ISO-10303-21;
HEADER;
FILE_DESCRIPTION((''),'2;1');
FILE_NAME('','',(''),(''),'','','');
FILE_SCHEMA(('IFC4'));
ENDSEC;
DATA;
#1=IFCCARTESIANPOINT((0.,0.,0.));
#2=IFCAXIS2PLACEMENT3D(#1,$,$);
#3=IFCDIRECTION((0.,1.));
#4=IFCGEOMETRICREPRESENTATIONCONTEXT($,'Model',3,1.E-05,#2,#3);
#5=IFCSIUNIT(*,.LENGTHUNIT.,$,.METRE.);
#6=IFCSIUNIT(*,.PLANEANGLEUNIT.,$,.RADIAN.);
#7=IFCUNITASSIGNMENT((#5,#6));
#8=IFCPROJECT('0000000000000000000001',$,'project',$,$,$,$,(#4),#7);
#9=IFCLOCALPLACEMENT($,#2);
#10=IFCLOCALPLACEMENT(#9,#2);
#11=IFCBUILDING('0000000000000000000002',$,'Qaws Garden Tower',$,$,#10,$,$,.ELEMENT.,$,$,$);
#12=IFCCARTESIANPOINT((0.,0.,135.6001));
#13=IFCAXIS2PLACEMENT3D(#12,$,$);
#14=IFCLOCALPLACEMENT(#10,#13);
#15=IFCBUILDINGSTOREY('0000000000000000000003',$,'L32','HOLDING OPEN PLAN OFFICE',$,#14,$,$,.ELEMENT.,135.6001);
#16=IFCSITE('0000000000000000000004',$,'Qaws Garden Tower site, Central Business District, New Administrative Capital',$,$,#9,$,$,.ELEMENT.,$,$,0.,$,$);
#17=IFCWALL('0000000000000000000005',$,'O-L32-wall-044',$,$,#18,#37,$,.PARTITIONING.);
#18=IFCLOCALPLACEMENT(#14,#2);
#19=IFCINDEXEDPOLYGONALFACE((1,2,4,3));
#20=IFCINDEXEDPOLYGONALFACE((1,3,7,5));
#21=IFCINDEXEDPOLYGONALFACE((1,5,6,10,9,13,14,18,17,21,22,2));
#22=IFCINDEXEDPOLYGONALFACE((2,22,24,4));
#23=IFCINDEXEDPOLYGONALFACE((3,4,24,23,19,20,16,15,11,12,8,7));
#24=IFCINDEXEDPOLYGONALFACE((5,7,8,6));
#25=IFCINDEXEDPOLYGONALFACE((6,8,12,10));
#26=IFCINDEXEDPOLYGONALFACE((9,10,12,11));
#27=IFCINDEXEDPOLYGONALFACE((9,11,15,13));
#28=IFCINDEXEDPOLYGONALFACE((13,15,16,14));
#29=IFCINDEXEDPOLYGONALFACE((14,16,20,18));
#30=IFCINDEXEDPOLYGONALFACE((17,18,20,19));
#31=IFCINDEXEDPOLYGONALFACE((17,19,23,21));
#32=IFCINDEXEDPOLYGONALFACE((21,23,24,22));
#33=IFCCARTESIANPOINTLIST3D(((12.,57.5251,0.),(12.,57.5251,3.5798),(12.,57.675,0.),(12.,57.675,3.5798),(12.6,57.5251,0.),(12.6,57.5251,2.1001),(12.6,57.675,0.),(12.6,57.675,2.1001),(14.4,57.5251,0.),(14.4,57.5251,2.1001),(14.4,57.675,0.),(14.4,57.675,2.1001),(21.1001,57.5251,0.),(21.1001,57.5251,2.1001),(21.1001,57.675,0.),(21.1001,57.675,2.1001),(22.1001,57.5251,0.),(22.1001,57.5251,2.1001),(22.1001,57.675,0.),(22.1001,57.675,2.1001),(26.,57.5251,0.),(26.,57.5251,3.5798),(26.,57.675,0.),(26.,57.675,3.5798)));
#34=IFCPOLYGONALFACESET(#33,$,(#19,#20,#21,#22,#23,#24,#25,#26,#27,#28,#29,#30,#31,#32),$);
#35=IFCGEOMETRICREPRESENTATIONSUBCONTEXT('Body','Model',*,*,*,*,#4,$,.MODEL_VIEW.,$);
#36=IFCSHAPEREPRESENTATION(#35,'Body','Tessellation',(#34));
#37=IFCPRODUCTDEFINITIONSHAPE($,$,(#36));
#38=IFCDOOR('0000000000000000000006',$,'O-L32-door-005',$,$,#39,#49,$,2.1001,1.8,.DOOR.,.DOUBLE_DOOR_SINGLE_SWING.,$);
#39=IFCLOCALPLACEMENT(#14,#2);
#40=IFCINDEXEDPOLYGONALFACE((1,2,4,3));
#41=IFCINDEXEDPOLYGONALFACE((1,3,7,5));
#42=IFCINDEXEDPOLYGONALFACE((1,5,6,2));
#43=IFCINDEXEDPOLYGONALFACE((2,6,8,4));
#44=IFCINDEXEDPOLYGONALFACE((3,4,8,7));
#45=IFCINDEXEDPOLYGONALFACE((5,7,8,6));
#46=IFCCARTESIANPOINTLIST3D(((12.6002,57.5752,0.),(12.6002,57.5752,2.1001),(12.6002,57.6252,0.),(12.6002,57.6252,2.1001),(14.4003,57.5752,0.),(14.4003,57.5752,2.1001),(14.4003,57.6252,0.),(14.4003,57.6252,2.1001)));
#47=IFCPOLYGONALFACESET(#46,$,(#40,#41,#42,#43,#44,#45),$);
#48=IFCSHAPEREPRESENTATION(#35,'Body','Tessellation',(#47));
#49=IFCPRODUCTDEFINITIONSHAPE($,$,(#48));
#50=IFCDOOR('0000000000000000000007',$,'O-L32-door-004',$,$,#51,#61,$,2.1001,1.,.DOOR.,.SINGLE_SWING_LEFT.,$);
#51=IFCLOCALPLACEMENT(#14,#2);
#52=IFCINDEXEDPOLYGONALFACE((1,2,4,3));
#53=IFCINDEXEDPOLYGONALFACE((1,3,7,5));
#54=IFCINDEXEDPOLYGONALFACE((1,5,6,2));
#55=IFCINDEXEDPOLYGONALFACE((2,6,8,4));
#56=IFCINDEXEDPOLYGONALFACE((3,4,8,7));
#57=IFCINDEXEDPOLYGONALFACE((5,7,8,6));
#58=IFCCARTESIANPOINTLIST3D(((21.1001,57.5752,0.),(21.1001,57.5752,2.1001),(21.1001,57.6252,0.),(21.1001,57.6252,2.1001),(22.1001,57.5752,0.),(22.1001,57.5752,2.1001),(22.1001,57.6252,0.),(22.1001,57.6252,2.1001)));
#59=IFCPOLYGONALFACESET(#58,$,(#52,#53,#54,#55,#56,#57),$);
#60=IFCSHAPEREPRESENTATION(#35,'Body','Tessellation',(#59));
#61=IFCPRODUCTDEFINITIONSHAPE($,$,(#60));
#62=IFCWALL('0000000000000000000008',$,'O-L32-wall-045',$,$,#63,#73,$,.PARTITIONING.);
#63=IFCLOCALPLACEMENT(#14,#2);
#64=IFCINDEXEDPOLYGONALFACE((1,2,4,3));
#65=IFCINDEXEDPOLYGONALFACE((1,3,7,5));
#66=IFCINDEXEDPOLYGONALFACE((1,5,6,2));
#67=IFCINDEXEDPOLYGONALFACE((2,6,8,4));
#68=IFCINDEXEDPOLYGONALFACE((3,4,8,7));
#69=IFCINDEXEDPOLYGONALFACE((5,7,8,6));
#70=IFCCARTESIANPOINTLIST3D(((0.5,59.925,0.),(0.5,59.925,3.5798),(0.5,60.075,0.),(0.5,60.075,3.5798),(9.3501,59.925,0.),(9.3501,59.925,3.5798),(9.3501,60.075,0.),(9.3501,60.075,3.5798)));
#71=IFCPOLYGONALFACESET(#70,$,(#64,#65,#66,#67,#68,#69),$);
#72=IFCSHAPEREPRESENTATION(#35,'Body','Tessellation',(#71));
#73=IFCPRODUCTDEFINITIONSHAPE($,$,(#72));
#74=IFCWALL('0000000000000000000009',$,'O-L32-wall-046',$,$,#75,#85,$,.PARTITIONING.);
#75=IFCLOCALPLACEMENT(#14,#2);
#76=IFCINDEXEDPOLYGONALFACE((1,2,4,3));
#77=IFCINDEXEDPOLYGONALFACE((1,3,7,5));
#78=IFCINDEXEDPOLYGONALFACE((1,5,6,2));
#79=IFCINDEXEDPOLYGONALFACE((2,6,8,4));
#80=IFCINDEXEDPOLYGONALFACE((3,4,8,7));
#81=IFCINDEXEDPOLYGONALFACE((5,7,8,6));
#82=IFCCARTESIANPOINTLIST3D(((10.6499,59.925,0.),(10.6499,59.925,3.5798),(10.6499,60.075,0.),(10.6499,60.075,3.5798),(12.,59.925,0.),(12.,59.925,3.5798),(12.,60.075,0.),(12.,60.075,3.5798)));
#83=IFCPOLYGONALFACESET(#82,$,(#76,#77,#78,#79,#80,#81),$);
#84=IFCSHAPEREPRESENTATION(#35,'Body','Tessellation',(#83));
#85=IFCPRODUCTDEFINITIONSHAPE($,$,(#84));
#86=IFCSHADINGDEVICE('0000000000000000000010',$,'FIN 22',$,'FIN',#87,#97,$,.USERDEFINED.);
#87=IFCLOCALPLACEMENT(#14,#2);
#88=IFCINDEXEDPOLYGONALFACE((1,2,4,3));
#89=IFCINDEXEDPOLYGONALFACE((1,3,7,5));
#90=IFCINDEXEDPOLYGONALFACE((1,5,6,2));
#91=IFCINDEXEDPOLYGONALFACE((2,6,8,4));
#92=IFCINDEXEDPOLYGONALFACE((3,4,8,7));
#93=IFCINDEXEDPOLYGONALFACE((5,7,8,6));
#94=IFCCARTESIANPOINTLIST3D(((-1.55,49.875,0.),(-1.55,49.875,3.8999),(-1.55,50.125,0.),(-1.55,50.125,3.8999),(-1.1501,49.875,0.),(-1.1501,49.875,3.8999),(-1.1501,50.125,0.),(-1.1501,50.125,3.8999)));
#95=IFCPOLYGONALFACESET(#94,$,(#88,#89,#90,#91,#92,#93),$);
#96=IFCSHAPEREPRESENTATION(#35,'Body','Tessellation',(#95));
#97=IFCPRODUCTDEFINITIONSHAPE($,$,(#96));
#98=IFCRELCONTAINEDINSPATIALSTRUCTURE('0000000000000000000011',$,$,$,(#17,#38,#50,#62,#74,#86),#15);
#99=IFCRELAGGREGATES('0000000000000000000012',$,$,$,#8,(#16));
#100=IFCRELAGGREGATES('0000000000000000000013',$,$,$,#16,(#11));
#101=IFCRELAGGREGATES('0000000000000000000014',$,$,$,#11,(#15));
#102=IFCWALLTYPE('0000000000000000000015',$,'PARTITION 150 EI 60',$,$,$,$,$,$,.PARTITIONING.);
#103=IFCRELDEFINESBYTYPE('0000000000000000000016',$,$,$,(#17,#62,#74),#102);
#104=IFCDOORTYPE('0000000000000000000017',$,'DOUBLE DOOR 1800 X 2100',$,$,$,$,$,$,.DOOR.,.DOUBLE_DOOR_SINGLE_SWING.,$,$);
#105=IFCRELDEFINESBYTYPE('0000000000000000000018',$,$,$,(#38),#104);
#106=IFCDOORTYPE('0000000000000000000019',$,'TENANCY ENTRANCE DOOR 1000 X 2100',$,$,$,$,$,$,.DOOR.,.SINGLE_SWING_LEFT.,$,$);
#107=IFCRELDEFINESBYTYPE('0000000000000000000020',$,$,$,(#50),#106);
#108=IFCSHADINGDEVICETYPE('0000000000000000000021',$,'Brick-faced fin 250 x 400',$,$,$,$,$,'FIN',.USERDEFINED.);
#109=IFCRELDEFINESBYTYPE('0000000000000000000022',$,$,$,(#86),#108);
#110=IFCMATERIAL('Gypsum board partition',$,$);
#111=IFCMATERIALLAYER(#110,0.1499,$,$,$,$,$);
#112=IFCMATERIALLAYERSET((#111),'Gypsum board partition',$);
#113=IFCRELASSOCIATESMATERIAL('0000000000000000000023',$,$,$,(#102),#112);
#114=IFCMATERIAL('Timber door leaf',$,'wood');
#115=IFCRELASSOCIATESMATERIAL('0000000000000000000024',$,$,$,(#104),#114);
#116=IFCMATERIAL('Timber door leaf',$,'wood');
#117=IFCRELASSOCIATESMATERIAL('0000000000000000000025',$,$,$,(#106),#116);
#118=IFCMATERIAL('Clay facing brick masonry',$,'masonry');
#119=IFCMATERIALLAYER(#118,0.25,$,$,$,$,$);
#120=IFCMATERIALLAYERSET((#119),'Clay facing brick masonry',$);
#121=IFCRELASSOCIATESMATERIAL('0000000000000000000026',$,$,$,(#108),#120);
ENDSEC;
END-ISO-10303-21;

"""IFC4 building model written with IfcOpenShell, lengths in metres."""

from ifc_helpers import new_model, si_unit, direction, frame, frame_2d, origin, origin_2d, place, context, subcontext, project, spatial, rectangle, extrude, material, layer, layer_set, type_object, element, fill, save


model = new_model("IFC4")

# Units and contexts
model_context = context("Model", 3, precision=1e-05, world=origin(), true_north=direction((0.0, 1.0)))
body_context = subcontext(model_context, "Body", "Model", "MODEL_VIEW")
ifc_project = project(units=[si_unit("LENGTHUNIT", "METRE"), si_unit("PLANEANGLEUNIT", "RADIAN")], contexts=[model_context])

# Site, building, storey
site_placement = place(None, origin())
site = spatial("IfcSite", under=ifc_project, at=site_placement, Name="Qaws Garden Tower site, Central Business District, New Administrative Capital", CompositionType="ELEMENT", RefElevation=0.0)
building_placement = place(site_placement, origin())
building = spatial("IfcBuilding", under=site, at=building_placement, Name="Qaws Garden Tower", CompositionType="ELEMENT")
storey_placement = place(building_placement, frame((0.0, 0.0, 135.6001)))
storey = spatial("IfcBuildingStorey", under=building, at=storey_placement, Name="L32", Description="HOLDING OPEN PLAN OFFICE", CompositionType="ELEMENT", Elevation=135.6001)

# Shared definitions
ifc_material_1 = material(Name="Gypsum board partition")
ifc_layer_1 = layer(ifc_material_1, 0.1499)
ifc_layer_set_1 = layer_set([ifc_layer_1], Name="Gypsum board partition")
wall_type_1 = type_object("IfcWallType", Name="PARTITION 150 EI 60", PredefinedType="PARTITIONING", material=ifc_layer_set_1)
ifc_material_2 = material(Name="Timber door leaf", Category="wood")
door_type_1 = type_object("IfcDoorType", Name="DOUBLE DOOR 1800 X 2100", OperationType="DOUBLE_DOOR_SINGLE_SWING", PredefinedType="DOOR", material=ifc_material_2)

# Wall, openings, doors
wall_1_placement = place(storey_placement, frame((12.0, 57.6001, 0.0), z_axis=(0.0, 0.0, 1.0), x_axis=(1.0, 0.0, 0.0)))
wall_1 = element("IfcWall", 1, at=wall_1_placement, inside=storey, type_object=wall_type_1, Name="O-L32-wall-044", PredefinedType="PARTITIONING", context=body_context, shape_type="SweptSolid", body=[
    extrude(rectangle(XDim=14.0, YDim=0.1499, at=frame_2d((7.0, 0.0))), origin(), (0.0, 0.0, 1.0), 3.5798),
])
opening_1_placement = place(wall_1_placement, frame((9.1001, 0.0, 0.0)))
opening_1 = element("IfcOpeningElement", 2, at=opening_1_placement, cuts=wall_1, PredefinedType="OPENING", context=body_context, shape_type="SweptSolid", body=[
    extrude(rectangle(XDim=1.0, YDim=2.1001, at=frame_2d((0.5, 1.05))), frame((0.0, 0.085, 0.0), z_axis=(0.0, -1.0, 0.0), x_axis=(1.0, 0.0, 0.0)), (0.0, 0.0, 1.0), 0.1699),
])
opening_2_placement = place(wall_1_placement, frame((0.6001, 0.0, 0.0)))
opening_2 = element("IfcOpeningElement", 3, at=opening_2_placement, cuts=wall_1, PredefinedType="OPENING", context=body_context, shape_type="SweptSolid", body=[
    extrude(rectangle(XDim=1.8, YDim=2.1001, at=frame_2d((0.8999, 1.05))), frame((0.0, 0.085, 0.0), z_axis=(0.0, -1.0, 0.0), x_axis=(1.0, 0.0, 0.0)), (0.0, 0.0, 1.0), 0.1699),
])
door_1_placement = place(opening_2_placement, frame((1.8, 0.0, 0.0), z_axis=(0.0, 0.0, 1.0), x_axis=(-1.0, 0.0, 0.0)))
door_1 = element("IfcDoor", 4, at=door_1_placement, inside=storey, type_object=door_type_1, Name="O-L32-door-005", OperationType="DOUBLE_DOOR_SINGLE_SWING", OverallHeight=2.1001, OverallWidth=1.8, PredefinedType="DOOR", context=body_context, shape_type="SweptSolid", body=[
    extrude(rectangle(XDim=1.8, YDim=2.1001, at=frame_2d((0.8999, 1.05))), frame((0.0, 0.0249, 0.0), z_axis=(0.0, -1.0, 0.0), x_axis=(1.0, 0.0, 0.0)), (0.0, 0.0, 1.0), 0.05),
])
fill(opening_2, door_1)
ifc_material_3 = material(Name="Timber door leaf", Category="wood")
door_type_2 = type_object("IfcDoorType", Name="TENANCY ENTRANCE DOOR 1000 X 2100", OperationType="SINGLE_SWING_LEFT", PredefinedType="DOOR", material=ifc_material_3)
door_2_placement = place(opening_1_placement, frame((1.0, 0.0, 0.0), z_axis=(0.0, 0.0, 1.0), x_axis=(-1.0, 0.0, 0.0)))
door_2 = element("IfcDoor", 5, at=door_2_placement, inside=storey, type_object=door_type_2, Name="O-L32-door-004", OperationType="SINGLE_SWING_LEFT", OverallHeight=2.1001, OverallWidth=1.0, PredefinedType="DOOR", context=body_context, shape_type="SweptSolid", body=[
    extrude(rectangle(XDim=1.0, YDim=2.1001, at=frame_2d((0.5, 1.05))), frame((0.0, 0.0249, 0.0), z_axis=(0.0, -1.0, 0.0), x_axis=(1.0, 0.0, 0.0)), (0.0, 0.0, 1.0), 0.05),
])
fill(opening_1, door_2)

# Walls
wall_2_placement = place(storey_placement, frame((0.5, 60.0, 0.0), z_axis=(0.0, 0.0, 1.0), x_axis=(1.0, 0.0, 0.0)))
element("IfcWall", 6, at=wall_2_placement, inside=storey, type_object=wall_type_1, Name="O-L32-wall-045", PredefinedType="PARTITIONING", context=body_context, shape_type="SweptSolid", body=[
    extrude(rectangle(XDim=8.8501, YDim=0.1499, at=frame_2d((4.425, 0.0))), origin(), (0.0, 0.0, 1.0), 3.5798),
])
wall_3_placement = place(storey_placement, frame((10.6499, 60.0, 0.0), z_axis=(0.0, 0.0, 1.0), x_axis=(1.0, 0.0, 0.0)))
element("IfcWall", 7, at=wall_3_placement, inside=storey, type_object=wall_type_1, Name="O-L32-wall-046", PredefinedType="PARTITIONING", context=body_context, shape_type="SweptSolid", body=[
    extrude(rectangle(XDim=1.3501, YDim=0.1499, at=frame_2d((0.675, 0.0))), origin(), (0.0, 0.0, 1.0), 3.5798),
])

# Shading device
ifc_material_4 = material(Name="Clay facing brick masonry", Category="masonry")
ifc_layer_2 = layer(ifc_material_4, 0.25)
ifc_layer_set_2 = layer_set([ifc_layer_2], Name="Clay facing brick masonry")
shading_device_type = type_object("IfcShadingDeviceType", Name="Brick-faced fin 250 x 400", ElementType="FIN", PredefinedType="USERDEFINED", material=ifc_layer_set_2)
shading_device_placement = place(storey_placement, frame((-1.3501, 50.0, 0.0), z_axis=(0.0, 0.0, 1.0), x_axis=(0.0, -1.0, 0.0)))
element("IfcShadingDevice", 8, at=shading_device_placement, inside=storey, type_object=shading_device_type, Name="FIN 22", ObjectType="FIN", PredefinedType="USERDEFINED", context=body_context, shape_type="SweptSolid", body=[
    extrude(rectangle(XDim=0.25, YDim=0.3999, at=origin_2d()), origin(), (0.0, 0.0, 1.0), 3.8999),
])

save(model, "model.ifc")
